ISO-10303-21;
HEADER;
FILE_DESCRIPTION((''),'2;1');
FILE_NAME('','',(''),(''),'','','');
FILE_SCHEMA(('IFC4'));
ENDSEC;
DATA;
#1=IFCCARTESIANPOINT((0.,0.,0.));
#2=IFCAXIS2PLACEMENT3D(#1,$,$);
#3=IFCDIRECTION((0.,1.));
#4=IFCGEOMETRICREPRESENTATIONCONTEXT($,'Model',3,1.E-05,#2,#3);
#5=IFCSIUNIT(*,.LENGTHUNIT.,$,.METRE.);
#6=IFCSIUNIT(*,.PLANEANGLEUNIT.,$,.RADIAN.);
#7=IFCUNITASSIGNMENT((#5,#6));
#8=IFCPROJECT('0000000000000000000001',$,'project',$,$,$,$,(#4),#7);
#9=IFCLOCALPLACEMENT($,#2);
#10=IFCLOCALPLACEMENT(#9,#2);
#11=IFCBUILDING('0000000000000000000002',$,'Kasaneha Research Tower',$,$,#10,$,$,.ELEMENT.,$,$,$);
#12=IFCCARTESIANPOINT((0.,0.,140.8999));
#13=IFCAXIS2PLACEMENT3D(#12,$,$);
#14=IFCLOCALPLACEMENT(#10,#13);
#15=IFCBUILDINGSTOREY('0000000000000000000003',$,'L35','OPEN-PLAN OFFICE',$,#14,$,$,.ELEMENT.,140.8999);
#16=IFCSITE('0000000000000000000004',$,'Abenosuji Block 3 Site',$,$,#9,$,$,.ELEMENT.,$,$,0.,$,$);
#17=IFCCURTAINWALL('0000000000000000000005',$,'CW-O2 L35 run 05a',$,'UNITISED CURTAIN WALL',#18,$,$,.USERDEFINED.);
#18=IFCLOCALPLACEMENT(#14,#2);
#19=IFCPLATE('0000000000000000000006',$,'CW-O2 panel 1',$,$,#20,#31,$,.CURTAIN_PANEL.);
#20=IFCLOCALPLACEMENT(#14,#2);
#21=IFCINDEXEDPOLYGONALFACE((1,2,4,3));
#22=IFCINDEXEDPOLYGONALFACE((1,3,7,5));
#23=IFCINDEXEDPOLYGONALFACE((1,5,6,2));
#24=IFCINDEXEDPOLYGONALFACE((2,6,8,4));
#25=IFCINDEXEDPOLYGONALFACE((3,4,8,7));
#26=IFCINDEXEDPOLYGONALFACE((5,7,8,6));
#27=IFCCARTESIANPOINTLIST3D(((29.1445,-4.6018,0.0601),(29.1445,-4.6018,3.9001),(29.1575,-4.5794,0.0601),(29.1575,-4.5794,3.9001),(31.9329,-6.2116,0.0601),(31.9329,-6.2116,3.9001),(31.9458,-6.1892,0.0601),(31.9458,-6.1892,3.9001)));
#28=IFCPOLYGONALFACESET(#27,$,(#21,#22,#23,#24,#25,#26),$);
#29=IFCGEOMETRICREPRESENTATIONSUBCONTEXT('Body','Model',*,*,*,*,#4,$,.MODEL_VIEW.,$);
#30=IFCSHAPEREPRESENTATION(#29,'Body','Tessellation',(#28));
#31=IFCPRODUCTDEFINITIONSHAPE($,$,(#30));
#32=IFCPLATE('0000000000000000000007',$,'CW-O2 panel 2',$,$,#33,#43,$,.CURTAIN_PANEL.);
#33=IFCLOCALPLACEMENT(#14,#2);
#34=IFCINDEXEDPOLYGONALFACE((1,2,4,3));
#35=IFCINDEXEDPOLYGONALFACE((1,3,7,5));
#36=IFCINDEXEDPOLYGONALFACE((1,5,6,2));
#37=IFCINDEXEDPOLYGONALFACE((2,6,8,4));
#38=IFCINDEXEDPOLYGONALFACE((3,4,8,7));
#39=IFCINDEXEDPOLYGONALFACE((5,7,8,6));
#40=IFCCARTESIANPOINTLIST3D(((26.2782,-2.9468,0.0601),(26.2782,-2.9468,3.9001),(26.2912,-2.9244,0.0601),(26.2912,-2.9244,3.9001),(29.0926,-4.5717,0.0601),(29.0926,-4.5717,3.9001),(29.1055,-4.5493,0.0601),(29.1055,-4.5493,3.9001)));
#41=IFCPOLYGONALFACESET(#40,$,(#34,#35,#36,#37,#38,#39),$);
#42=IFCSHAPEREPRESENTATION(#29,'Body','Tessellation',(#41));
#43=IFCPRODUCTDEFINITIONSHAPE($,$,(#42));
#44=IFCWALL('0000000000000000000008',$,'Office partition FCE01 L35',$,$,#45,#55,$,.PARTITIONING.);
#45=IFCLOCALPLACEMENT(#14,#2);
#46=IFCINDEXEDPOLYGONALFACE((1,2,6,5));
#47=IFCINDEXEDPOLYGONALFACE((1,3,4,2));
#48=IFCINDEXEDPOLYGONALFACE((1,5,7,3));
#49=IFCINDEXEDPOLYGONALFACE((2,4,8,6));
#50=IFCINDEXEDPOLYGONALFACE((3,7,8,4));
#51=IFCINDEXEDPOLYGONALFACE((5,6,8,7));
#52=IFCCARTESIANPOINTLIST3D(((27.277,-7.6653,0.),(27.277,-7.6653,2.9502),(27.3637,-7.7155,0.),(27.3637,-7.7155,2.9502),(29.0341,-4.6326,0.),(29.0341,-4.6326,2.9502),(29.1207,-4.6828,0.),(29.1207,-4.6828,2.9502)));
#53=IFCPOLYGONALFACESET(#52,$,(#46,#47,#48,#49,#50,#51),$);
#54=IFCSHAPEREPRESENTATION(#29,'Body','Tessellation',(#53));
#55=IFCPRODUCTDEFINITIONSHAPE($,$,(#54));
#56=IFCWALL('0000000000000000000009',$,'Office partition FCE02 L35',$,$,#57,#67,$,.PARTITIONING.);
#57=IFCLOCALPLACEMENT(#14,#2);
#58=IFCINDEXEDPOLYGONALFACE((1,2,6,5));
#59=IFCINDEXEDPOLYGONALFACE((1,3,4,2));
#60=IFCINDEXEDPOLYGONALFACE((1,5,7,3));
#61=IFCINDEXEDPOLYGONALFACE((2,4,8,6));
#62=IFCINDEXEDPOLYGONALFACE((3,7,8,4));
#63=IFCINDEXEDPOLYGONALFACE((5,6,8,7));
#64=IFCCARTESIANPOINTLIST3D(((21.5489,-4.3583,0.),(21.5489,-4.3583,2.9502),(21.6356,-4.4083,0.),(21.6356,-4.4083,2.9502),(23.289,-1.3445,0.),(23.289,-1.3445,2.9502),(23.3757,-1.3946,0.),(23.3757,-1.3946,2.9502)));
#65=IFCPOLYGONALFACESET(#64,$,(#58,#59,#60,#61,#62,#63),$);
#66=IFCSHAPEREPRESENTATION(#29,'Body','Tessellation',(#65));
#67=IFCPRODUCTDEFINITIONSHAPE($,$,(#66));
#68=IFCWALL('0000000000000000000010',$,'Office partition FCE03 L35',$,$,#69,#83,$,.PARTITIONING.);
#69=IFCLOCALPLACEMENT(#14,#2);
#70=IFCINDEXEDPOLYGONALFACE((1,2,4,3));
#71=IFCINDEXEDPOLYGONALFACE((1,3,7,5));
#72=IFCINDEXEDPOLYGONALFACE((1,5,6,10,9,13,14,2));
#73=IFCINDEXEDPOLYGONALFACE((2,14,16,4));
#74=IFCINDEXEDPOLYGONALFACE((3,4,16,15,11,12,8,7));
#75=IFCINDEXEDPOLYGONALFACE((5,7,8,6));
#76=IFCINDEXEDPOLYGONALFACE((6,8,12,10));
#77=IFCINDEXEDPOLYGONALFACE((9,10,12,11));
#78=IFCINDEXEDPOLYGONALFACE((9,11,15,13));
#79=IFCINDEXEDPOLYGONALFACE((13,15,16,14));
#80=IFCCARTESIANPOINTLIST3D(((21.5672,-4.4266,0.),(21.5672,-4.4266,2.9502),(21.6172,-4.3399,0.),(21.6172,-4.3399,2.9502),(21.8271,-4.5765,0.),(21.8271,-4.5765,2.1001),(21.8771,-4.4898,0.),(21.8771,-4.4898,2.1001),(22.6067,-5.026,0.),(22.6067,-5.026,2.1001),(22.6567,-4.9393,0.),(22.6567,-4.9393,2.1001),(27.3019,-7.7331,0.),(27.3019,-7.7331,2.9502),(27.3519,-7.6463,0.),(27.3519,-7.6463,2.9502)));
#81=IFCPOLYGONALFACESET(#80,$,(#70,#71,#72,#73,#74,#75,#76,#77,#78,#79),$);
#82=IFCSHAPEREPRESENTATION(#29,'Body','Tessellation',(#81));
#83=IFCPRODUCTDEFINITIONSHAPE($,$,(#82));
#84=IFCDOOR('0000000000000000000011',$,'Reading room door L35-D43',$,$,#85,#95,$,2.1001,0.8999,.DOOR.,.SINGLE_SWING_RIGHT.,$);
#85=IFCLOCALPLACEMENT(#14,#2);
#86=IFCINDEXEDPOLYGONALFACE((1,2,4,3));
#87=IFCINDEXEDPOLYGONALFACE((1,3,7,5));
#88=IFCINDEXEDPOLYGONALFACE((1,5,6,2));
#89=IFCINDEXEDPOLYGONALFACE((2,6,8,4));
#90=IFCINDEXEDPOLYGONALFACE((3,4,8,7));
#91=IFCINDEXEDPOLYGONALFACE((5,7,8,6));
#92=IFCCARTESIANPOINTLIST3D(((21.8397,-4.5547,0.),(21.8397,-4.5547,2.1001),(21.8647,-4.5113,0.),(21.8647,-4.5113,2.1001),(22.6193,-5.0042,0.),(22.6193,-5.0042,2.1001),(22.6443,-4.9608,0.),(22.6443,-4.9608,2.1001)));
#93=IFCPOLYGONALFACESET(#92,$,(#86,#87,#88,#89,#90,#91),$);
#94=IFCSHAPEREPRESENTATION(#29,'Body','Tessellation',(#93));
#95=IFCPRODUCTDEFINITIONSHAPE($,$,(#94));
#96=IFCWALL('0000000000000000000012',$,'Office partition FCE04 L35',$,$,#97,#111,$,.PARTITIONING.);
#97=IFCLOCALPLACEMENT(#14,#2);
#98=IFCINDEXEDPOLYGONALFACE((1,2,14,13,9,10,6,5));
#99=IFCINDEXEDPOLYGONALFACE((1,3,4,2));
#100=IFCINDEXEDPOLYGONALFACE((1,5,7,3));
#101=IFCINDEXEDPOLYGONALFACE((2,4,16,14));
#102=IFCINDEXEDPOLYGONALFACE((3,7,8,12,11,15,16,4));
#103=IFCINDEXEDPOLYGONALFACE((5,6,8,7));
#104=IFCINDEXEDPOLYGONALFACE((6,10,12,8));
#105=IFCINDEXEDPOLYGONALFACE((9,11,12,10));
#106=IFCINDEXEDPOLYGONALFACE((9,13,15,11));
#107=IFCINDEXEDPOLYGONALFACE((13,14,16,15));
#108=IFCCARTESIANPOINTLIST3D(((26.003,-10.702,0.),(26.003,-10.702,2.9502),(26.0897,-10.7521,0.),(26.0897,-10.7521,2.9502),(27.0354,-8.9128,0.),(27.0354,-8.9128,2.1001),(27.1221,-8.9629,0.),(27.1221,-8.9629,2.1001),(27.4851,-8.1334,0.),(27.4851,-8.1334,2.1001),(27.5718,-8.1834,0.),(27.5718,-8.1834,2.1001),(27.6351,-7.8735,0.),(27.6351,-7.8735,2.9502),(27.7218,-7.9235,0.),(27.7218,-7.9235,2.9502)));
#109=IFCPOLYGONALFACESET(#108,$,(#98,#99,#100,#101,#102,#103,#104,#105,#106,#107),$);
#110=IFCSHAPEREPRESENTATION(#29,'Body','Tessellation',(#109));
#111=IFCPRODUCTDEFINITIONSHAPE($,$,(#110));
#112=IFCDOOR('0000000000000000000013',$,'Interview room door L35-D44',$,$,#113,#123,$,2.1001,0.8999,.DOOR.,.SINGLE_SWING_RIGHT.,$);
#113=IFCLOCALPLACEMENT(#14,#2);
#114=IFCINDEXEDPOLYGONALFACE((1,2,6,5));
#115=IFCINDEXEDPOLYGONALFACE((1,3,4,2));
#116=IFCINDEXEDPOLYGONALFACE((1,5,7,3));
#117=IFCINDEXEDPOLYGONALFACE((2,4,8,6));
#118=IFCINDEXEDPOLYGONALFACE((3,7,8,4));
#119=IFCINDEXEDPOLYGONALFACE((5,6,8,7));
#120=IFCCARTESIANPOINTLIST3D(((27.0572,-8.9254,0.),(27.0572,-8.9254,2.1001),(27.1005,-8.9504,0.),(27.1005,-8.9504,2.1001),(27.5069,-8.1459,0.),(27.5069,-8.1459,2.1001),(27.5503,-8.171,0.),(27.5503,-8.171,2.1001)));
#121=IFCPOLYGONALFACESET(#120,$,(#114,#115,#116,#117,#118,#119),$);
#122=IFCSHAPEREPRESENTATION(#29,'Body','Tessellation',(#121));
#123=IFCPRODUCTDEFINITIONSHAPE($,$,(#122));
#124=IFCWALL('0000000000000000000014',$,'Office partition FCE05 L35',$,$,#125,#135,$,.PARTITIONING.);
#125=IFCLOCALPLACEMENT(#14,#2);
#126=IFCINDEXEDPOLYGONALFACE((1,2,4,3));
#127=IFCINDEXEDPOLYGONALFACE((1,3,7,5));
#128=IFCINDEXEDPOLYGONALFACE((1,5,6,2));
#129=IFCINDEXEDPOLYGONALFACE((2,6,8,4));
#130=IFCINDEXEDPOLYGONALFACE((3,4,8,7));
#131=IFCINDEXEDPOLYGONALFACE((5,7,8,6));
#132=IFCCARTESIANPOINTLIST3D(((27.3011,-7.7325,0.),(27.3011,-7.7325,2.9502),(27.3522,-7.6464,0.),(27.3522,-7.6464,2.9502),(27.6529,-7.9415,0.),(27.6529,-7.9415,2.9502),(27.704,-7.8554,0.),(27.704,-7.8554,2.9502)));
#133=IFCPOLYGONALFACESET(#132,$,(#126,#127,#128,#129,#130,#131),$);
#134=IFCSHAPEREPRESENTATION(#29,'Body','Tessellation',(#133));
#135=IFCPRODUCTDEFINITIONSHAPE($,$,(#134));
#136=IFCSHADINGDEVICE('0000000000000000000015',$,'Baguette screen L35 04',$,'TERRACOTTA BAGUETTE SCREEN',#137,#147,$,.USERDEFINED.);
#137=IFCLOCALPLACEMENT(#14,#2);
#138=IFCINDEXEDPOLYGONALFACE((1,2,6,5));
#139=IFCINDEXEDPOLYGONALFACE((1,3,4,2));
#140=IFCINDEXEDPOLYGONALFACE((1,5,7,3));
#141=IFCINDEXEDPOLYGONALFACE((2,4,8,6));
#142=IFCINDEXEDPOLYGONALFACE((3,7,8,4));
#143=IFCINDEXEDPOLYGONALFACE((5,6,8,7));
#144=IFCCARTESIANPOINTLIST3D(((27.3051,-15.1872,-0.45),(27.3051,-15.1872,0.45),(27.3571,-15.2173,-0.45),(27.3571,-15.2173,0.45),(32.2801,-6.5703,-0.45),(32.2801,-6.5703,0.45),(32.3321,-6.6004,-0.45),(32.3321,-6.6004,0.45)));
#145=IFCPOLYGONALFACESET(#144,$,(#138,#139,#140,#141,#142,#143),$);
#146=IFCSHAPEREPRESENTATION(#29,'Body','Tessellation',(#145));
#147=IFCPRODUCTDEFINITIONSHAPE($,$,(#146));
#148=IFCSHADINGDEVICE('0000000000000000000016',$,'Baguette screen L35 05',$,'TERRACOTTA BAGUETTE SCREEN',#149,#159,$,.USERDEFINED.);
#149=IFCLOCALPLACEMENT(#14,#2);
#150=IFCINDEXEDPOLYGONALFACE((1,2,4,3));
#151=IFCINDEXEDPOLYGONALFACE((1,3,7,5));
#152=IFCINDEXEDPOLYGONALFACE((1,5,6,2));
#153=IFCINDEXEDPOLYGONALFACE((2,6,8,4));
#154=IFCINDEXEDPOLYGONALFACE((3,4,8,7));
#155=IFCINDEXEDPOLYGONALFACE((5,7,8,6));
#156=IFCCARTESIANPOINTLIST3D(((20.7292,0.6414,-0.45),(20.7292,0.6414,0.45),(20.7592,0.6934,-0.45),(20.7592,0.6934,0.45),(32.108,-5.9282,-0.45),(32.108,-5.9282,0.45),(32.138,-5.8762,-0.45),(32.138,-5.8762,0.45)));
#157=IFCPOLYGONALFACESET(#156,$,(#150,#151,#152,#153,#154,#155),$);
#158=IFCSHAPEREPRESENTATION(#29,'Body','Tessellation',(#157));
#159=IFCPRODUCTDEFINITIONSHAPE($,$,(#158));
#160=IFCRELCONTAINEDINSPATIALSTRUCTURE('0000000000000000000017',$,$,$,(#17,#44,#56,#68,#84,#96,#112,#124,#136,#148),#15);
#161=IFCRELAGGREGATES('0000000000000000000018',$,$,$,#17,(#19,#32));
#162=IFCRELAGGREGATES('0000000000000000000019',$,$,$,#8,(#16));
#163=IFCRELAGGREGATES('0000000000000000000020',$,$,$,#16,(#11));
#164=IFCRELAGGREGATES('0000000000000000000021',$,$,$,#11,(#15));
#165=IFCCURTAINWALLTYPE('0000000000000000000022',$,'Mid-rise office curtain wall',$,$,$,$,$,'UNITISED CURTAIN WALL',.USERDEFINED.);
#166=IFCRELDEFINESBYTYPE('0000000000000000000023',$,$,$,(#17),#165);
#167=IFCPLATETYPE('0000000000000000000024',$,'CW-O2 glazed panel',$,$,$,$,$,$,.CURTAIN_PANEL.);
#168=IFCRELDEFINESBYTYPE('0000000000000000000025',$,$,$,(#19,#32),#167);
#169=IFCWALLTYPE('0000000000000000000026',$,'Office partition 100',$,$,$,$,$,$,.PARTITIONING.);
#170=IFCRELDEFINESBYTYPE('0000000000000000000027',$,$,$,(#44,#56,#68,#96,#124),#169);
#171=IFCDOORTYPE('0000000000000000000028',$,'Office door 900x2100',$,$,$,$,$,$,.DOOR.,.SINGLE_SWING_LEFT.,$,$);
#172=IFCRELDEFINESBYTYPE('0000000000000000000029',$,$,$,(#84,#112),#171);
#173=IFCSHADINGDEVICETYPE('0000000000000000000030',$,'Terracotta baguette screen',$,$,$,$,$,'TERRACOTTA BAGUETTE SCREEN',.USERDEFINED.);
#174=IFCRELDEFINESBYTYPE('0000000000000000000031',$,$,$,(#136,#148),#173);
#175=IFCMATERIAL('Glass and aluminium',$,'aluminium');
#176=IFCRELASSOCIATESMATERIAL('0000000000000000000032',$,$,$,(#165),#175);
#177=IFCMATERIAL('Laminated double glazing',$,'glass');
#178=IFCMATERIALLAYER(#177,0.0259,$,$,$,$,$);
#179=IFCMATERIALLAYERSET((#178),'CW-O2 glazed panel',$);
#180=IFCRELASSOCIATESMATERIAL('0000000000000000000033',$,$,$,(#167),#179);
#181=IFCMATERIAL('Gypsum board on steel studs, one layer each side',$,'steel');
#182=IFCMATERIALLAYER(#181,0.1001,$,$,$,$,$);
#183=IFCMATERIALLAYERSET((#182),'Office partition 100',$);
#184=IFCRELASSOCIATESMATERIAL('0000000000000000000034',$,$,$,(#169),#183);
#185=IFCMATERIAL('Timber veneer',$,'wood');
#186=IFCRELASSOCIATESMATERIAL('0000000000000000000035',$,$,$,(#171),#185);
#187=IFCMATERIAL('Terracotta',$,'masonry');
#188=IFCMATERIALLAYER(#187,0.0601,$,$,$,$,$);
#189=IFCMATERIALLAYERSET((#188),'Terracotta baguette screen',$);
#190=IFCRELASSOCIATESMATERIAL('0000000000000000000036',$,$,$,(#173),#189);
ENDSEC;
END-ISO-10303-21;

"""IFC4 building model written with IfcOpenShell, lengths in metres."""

from ifc_helpers import new_model, si_unit, direction, frame, frame_2d, origin, origin_2d, place, context, subcontext, project, spatial, rectangle, extrude, material, layer, layer_set, type_object, element, fill, aggregate, save


model = new_model("IFC4")

# Units and contexts
model_context = context("Model", 3, precision=1e-05, world=origin(), true_north=direction((0.0, 1.0)))
body_context = subcontext(model_context, "Body", "Model", "MODEL_VIEW")
ifc_project = project(units=[si_unit("LENGTHUNIT", "METRE"), si_unit("PLANEANGLEUNIT", "RADIAN")], contexts=[model_context])

# Site, building, storey
site_placement = place(None, origin())
site = spatial("IfcSite", under=ifc_project, at=site_placement, Name="Abenosuji Block 3 Site", CompositionType="ELEMENT", RefElevation=0.0)
building_placement = place(site_placement, origin())
building = spatial("IfcBuilding", under=site, at=building_placement, Name="Kasaneha Research Tower", CompositionType="ELEMENT")
storey_placement = place(building_placement, frame((0.0, 0.0, 140.8999)))
storey = spatial("IfcBuildingStorey", under=building, at=storey_placement, Name="L35", Description="OPEN-PLAN OFFICE", CompositionType="ELEMENT", Elevation=140.8999)

# Curtain wall
ifc_material_1 = material(Name="Glass and aluminium", Category="aluminium")
curtain_wall_type = type_object("IfcCurtainWallType", Name="Mid-rise office curtain wall", ElementType="UNITISED CURTAIN WALL", PredefinedType="USERDEFINED", material=ifc_material_1)
curtain_wall_1_placement = place(storey_placement, origin())
curtain_wall_1 = element("IfcCurtainWall", 1, at=curtain_wall_1_placement, inside=storey, type_object=curtain_wall_type, Name="CW-O2 L35 run 05a", ObjectType="UNITISED CURTAIN WALL", PredefinedType="USERDEFINED")

# Plates
ifc_material_2 = material(Name="Laminated double glazing", Category="glass")
ifc_layer_1 = layer(ifc_material_2, 0.0259)
ifc_layer_set_1 = layer_set([ifc_layer_1], Name="CW-O2 glazed panel")
plate_type = type_object("IfcPlateType", Name="CW-O2 glazed panel", PredefinedType="CURTAIN_PANEL", material=ifc_layer_set_1)
plate_1_placement = place(storey_placement, frame((30.5452, -5.3955, 0.0601), z_axis=(0.0, 0.0, 1.0), x_axis=(-0.866025, 0.5, 0.0)))
plate_1 = element("IfcPlate", 2, at=plate_1_placement, type_object=plate_type, Name="CW-O2 panel 1", PredefinedType="CURTAIN_PANEL", context=body_context, shape_type="SweptSolid", body=[
    extrude(rectangle(XDim=3.2197, YDim=0.0259, at=origin_2d()), origin(), (0.0, 0.0, 1.0), 3.8401),
])
plate_2_placement = place(storey_placement, frame((27.6919, -3.748, 0.0601), z_axis=(0.0, 0.0, 1.0), x_axis=(-0.866025, 0.5, 0.0)))
plate_2 = element("IfcPlate", 3, at=plate_2_placement, type_object=plate_type, Name="CW-O2 panel 2", PredefinedType="CURTAIN_PANEL", context=body_context, shape_type="SweptSolid", body=[
    extrude(rectangle(XDim=3.2498, YDim=0.0259, at=origin_2d()), origin(), (0.0, 0.0, 1.0), 3.8401),
])
aggregate(curtain_wall_1, [plate_1, plate_2])

# Walls
ifc_material_3 = material(Name="Gypsum board on steel studs, one layer each side", Category="steel")
ifc_layer_2 = layer(ifc_material_3, 0.1001)
ifc_layer_set_2 = layer_set([ifc_layer_2], Name="Office partition 100")
wall_type = type_object("IfcWallType", Name="Office partition 100", PredefinedType="PARTITIONING", material=ifc_layer_set_2)
wall_1_placement = place(storey_placement, frame((29.0774, -4.6577, 0.0), z_axis=(0.0, 0.0, 1.0), x_axis=(-0.501314, -0.865266, 0.0)))
element("IfcWall", 4, at=wall_1_placement, inside=storey, type_object=wall_type, Name="Office partition FCE01 L35", PredefinedType="PARTITIONING", context=body_context, shape_type="SweptSolid", body=[
    extrude(rectangle(XDim=3.5049, YDim=0.1001, at=frame_2d((1.7524, 0.0))), origin(), (0.0, 0.0, 1.0), 2.9502),
])
wall_2_placement = place(storey_placement, frame((21.5923, -4.3833, 0.0), z_axis=(0.0, 0.0, 1.0), x_axis=(0.50001, 0.86602, 0.0)))
element("IfcWall", 5, at=wall_2_placement, inside=storey, type_object=wall_type, Name="Office partition FCE02 L35", PredefinedType="PARTITIONING", context=body_context, shape_type="SweptSolid", body=[
    extrude(rectangle(XDim=3.48, YDim=0.1001, at=frame_2d((1.74, 0.0))), origin(), (0.0, 0.0, 1.0), 2.9502),
])

# Walls, openings, doors
wall_3_placement = place(storey_placement, frame((27.3269, -7.6897, 0.0), z_axis=(0.0, 0.0, 1.0), x_axis=(-0.866319, 0.499491, 0.0)))
wall_3 = element("IfcWall", 6, at=wall_3_placement, inside=storey, type_object=wall_type, Name="Office partition FCE03 L35", PredefinedType="PARTITIONING", context=body_context, shape_type="SweptSolid", body=[
    extrude(rectangle(XDim=6.6196, YDim=0.1001, at=frame_2d((3.3098, 0.0))), origin(), (0.0, 0.0, 1.0), 2.9502),
])
opening_1_placement = place(wall_3_placement, frame((5.4197, 0.0, 0.0)))
opening_1 = element("IfcOpeningElement", 7, at=opening_1_placement, cuts=wall_3, PredefinedType="OPENING", context=body_context, shape_type="SweptSolid", body=[
    extrude(rectangle(XDim=0.8999, YDim=2.1001, at=frame_2d((0.45, 1.05))), frame((0.0, 0.0601, 0.0), z_axis=(0.0, -1.0, 0.0), x_axis=(1.0, 0.0, 0.0)), (0.0, 0.0, 1.0), 0.1201),
])
ifc_material_4 = material(Name="Timber veneer", Category="wood")
door_type = type_object("IfcDoorType", Name="Office door 900x2100", OperationType="SINGLE_SWING_LEFT", PredefinedType="DOOR", material=ifc_material_4)
door_1_placement = place(opening_1_placement, origin())
door_1 = element("IfcDoor", 8, at=door_1_placement, inside=storey, type_object=door_type, Name="Reading room door L35-D43", OperationType="SINGLE_SWING_RIGHT", OverallHeight=2.1001, OverallWidth=0.8999, PredefinedType="DOOR", context=body_context, shape_type="SweptSolid", body=[
    extrude(rectangle(XDim=0.8999, YDim=2.1001, at=frame_2d((0.45, 1.05))), frame((0.0, 0.0249, 0.0), z_axis=(0.0, -1.0, 0.0), x_axis=(1.0, 0.0, 0.0)), (0.0, 0.0, 1.0), 0.05),
])
fill(opening_1, door_1)
wall_4_placement = place(storey_placement, frame((26.0464, -10.7271, 0.0), z_axis=(0.0, 0.0, 1.0), x_axis=(0.499766, 0.866161, 0.0)))
wall_4 = element("IfcWall", 9, at=wall_4_placement, inside=storey, type_object=wall_type, Name="Office partition FCE04 L35", PredefinedType="PARTITIONING", context=body_context, shape_type="SweptSolid", body=[
    extrude(rectangle(XDim=3.2656, YDim=0.1001, at=frame_2d((1.6328, 0.0))), origin(), (0.0, 0.0, 1.0), 2.9502),
])
opening_2_placement = place(wall_4_placement, frame((2.0657, 0.0, 0.0)))
opening_2 = element("IfcOpeningElement", 10, at=opening_2_placement, cuts=wall_4, PredefinedType="OPENING", context=body_context, shape_type="SweptSolid", body=[
    extrude(rectangle(XDim=0.8999, YDim=2.1001, at=frame_2d((0.45, 1.05))), frame((0.0, 0.0601, 0.0), z_axis=(0.0, -1.0, 0.0), x_axis=(1.0, 0.0, 0.0)), (0.0, 0.0, 1.0), 0.1201),
])
door_2_placement = place(opening_2_placement, origin())
door_2 = element("IfcDoor", 11, at=door_2_placement, inside=storey, type_object=door_type, Name="Interview room door L35-D44", OperationType="SINGLE_SWING_RIGHT", OverallHeight=2.1001, OverallWidth=0.8999, PredefinedType="DOOR", context=body_context, shape_type="SweptSolid", body=[
    extrude(rectangle(XDim=0.8999, YDim=2.1001, at=frame_2d((0.45, 1.05))), frame((0.0, 0.0249, 0.0), z_axis=(0.0, -1.0, 0.0), x_axis=(1.0, 0.0, 0.0)), (0.0, 0.0, 1.0), 0.05),
])
fill(opening_2, door_2)

# Wall
wall_5_placement = place(storey_placement, frame((27.6785, -7.8984, 0.0), z_axis=(0.0, 0.0, 1.0), x_axis=(-0.859748, 0.510718, 0.0)))
element("IfcWall", 12, at=wall_5_placement, inside=storey, type_object=wall_type, Name="Office partition FCE05 L35", PredefinedType="PARTITIONING", context=body_context, shape_type="SweptSolid", body=[
    extrude(rectangle(XDim=0.4092, YDim=0.1001, at=frame_2d((0.2046, 0.0))), origin(), (0.0, 0.0, 1.0), 2.9502),
])

# Shading devices
ifc_material_5 = material(Name="Terracotta", Category="masonry")
ifc_layer_3 = layer(ifc_material_5, 0.0601)
ifc_layer_set_3 = layer_set([ifc_layer_3], Name="Terracotta baguette screen")
shading_device_type = type_object("IfcShadingDeviceType", Name="Terracotta baguette screen", ElementType="TERRACOTTA BAGUETTE SCREEN", PredefinedType="USERDEFINED", material=ifc_layer_set_3)
shading_device_1_placement = place(storey_placement, frame((29.8186, -10.8938, -0.45), z_axis=(0.0, 0.0, 1.0), x_axis=(0.5, 0.866025, 0.0)))
element("IfcShadingDevice", 13, at=shading_device_1_placement, inside=storey, type_object=shading_device_type, Name="Baguette screen L35 04", ObjectType="TERRACOTTA BAGUETTE SCREEN", PredefinedType="USERDEFINED", context=body_context, shape_type="SweptSolid", body=[
    extrude(rectangle(XDim=9.95, YDim=0.0601, at=origin_2d()), origin(), (0.0, 0.0, 1.0), 0.8999),
])
shading_device_2_placement = place(storey_placement, frame((26.4336, -2.6174, -0.45), z_axis=(0.0, 0.0, 1.0), x_axis=(-0.866025, 0.5, 0.0)))
element("IfcShadingDevice", 14, at=shading_device_2_placement, inside=storey, type_object=shading_device_type, Name="Baguette screen L35 05", ObjectType="TERRACOTTA BAGUETTE SCREEN", PredefinedType="USERDEFINED", context=body_context, shape_type="SweptSolid", body=[
    extrude(rectangle(XDim=13.1392, YDim=0.0601, at=origin_2d()), origin(), (0.0, 0.0, 1.0), 0.8999),
])

save(model, "model.ifc")
